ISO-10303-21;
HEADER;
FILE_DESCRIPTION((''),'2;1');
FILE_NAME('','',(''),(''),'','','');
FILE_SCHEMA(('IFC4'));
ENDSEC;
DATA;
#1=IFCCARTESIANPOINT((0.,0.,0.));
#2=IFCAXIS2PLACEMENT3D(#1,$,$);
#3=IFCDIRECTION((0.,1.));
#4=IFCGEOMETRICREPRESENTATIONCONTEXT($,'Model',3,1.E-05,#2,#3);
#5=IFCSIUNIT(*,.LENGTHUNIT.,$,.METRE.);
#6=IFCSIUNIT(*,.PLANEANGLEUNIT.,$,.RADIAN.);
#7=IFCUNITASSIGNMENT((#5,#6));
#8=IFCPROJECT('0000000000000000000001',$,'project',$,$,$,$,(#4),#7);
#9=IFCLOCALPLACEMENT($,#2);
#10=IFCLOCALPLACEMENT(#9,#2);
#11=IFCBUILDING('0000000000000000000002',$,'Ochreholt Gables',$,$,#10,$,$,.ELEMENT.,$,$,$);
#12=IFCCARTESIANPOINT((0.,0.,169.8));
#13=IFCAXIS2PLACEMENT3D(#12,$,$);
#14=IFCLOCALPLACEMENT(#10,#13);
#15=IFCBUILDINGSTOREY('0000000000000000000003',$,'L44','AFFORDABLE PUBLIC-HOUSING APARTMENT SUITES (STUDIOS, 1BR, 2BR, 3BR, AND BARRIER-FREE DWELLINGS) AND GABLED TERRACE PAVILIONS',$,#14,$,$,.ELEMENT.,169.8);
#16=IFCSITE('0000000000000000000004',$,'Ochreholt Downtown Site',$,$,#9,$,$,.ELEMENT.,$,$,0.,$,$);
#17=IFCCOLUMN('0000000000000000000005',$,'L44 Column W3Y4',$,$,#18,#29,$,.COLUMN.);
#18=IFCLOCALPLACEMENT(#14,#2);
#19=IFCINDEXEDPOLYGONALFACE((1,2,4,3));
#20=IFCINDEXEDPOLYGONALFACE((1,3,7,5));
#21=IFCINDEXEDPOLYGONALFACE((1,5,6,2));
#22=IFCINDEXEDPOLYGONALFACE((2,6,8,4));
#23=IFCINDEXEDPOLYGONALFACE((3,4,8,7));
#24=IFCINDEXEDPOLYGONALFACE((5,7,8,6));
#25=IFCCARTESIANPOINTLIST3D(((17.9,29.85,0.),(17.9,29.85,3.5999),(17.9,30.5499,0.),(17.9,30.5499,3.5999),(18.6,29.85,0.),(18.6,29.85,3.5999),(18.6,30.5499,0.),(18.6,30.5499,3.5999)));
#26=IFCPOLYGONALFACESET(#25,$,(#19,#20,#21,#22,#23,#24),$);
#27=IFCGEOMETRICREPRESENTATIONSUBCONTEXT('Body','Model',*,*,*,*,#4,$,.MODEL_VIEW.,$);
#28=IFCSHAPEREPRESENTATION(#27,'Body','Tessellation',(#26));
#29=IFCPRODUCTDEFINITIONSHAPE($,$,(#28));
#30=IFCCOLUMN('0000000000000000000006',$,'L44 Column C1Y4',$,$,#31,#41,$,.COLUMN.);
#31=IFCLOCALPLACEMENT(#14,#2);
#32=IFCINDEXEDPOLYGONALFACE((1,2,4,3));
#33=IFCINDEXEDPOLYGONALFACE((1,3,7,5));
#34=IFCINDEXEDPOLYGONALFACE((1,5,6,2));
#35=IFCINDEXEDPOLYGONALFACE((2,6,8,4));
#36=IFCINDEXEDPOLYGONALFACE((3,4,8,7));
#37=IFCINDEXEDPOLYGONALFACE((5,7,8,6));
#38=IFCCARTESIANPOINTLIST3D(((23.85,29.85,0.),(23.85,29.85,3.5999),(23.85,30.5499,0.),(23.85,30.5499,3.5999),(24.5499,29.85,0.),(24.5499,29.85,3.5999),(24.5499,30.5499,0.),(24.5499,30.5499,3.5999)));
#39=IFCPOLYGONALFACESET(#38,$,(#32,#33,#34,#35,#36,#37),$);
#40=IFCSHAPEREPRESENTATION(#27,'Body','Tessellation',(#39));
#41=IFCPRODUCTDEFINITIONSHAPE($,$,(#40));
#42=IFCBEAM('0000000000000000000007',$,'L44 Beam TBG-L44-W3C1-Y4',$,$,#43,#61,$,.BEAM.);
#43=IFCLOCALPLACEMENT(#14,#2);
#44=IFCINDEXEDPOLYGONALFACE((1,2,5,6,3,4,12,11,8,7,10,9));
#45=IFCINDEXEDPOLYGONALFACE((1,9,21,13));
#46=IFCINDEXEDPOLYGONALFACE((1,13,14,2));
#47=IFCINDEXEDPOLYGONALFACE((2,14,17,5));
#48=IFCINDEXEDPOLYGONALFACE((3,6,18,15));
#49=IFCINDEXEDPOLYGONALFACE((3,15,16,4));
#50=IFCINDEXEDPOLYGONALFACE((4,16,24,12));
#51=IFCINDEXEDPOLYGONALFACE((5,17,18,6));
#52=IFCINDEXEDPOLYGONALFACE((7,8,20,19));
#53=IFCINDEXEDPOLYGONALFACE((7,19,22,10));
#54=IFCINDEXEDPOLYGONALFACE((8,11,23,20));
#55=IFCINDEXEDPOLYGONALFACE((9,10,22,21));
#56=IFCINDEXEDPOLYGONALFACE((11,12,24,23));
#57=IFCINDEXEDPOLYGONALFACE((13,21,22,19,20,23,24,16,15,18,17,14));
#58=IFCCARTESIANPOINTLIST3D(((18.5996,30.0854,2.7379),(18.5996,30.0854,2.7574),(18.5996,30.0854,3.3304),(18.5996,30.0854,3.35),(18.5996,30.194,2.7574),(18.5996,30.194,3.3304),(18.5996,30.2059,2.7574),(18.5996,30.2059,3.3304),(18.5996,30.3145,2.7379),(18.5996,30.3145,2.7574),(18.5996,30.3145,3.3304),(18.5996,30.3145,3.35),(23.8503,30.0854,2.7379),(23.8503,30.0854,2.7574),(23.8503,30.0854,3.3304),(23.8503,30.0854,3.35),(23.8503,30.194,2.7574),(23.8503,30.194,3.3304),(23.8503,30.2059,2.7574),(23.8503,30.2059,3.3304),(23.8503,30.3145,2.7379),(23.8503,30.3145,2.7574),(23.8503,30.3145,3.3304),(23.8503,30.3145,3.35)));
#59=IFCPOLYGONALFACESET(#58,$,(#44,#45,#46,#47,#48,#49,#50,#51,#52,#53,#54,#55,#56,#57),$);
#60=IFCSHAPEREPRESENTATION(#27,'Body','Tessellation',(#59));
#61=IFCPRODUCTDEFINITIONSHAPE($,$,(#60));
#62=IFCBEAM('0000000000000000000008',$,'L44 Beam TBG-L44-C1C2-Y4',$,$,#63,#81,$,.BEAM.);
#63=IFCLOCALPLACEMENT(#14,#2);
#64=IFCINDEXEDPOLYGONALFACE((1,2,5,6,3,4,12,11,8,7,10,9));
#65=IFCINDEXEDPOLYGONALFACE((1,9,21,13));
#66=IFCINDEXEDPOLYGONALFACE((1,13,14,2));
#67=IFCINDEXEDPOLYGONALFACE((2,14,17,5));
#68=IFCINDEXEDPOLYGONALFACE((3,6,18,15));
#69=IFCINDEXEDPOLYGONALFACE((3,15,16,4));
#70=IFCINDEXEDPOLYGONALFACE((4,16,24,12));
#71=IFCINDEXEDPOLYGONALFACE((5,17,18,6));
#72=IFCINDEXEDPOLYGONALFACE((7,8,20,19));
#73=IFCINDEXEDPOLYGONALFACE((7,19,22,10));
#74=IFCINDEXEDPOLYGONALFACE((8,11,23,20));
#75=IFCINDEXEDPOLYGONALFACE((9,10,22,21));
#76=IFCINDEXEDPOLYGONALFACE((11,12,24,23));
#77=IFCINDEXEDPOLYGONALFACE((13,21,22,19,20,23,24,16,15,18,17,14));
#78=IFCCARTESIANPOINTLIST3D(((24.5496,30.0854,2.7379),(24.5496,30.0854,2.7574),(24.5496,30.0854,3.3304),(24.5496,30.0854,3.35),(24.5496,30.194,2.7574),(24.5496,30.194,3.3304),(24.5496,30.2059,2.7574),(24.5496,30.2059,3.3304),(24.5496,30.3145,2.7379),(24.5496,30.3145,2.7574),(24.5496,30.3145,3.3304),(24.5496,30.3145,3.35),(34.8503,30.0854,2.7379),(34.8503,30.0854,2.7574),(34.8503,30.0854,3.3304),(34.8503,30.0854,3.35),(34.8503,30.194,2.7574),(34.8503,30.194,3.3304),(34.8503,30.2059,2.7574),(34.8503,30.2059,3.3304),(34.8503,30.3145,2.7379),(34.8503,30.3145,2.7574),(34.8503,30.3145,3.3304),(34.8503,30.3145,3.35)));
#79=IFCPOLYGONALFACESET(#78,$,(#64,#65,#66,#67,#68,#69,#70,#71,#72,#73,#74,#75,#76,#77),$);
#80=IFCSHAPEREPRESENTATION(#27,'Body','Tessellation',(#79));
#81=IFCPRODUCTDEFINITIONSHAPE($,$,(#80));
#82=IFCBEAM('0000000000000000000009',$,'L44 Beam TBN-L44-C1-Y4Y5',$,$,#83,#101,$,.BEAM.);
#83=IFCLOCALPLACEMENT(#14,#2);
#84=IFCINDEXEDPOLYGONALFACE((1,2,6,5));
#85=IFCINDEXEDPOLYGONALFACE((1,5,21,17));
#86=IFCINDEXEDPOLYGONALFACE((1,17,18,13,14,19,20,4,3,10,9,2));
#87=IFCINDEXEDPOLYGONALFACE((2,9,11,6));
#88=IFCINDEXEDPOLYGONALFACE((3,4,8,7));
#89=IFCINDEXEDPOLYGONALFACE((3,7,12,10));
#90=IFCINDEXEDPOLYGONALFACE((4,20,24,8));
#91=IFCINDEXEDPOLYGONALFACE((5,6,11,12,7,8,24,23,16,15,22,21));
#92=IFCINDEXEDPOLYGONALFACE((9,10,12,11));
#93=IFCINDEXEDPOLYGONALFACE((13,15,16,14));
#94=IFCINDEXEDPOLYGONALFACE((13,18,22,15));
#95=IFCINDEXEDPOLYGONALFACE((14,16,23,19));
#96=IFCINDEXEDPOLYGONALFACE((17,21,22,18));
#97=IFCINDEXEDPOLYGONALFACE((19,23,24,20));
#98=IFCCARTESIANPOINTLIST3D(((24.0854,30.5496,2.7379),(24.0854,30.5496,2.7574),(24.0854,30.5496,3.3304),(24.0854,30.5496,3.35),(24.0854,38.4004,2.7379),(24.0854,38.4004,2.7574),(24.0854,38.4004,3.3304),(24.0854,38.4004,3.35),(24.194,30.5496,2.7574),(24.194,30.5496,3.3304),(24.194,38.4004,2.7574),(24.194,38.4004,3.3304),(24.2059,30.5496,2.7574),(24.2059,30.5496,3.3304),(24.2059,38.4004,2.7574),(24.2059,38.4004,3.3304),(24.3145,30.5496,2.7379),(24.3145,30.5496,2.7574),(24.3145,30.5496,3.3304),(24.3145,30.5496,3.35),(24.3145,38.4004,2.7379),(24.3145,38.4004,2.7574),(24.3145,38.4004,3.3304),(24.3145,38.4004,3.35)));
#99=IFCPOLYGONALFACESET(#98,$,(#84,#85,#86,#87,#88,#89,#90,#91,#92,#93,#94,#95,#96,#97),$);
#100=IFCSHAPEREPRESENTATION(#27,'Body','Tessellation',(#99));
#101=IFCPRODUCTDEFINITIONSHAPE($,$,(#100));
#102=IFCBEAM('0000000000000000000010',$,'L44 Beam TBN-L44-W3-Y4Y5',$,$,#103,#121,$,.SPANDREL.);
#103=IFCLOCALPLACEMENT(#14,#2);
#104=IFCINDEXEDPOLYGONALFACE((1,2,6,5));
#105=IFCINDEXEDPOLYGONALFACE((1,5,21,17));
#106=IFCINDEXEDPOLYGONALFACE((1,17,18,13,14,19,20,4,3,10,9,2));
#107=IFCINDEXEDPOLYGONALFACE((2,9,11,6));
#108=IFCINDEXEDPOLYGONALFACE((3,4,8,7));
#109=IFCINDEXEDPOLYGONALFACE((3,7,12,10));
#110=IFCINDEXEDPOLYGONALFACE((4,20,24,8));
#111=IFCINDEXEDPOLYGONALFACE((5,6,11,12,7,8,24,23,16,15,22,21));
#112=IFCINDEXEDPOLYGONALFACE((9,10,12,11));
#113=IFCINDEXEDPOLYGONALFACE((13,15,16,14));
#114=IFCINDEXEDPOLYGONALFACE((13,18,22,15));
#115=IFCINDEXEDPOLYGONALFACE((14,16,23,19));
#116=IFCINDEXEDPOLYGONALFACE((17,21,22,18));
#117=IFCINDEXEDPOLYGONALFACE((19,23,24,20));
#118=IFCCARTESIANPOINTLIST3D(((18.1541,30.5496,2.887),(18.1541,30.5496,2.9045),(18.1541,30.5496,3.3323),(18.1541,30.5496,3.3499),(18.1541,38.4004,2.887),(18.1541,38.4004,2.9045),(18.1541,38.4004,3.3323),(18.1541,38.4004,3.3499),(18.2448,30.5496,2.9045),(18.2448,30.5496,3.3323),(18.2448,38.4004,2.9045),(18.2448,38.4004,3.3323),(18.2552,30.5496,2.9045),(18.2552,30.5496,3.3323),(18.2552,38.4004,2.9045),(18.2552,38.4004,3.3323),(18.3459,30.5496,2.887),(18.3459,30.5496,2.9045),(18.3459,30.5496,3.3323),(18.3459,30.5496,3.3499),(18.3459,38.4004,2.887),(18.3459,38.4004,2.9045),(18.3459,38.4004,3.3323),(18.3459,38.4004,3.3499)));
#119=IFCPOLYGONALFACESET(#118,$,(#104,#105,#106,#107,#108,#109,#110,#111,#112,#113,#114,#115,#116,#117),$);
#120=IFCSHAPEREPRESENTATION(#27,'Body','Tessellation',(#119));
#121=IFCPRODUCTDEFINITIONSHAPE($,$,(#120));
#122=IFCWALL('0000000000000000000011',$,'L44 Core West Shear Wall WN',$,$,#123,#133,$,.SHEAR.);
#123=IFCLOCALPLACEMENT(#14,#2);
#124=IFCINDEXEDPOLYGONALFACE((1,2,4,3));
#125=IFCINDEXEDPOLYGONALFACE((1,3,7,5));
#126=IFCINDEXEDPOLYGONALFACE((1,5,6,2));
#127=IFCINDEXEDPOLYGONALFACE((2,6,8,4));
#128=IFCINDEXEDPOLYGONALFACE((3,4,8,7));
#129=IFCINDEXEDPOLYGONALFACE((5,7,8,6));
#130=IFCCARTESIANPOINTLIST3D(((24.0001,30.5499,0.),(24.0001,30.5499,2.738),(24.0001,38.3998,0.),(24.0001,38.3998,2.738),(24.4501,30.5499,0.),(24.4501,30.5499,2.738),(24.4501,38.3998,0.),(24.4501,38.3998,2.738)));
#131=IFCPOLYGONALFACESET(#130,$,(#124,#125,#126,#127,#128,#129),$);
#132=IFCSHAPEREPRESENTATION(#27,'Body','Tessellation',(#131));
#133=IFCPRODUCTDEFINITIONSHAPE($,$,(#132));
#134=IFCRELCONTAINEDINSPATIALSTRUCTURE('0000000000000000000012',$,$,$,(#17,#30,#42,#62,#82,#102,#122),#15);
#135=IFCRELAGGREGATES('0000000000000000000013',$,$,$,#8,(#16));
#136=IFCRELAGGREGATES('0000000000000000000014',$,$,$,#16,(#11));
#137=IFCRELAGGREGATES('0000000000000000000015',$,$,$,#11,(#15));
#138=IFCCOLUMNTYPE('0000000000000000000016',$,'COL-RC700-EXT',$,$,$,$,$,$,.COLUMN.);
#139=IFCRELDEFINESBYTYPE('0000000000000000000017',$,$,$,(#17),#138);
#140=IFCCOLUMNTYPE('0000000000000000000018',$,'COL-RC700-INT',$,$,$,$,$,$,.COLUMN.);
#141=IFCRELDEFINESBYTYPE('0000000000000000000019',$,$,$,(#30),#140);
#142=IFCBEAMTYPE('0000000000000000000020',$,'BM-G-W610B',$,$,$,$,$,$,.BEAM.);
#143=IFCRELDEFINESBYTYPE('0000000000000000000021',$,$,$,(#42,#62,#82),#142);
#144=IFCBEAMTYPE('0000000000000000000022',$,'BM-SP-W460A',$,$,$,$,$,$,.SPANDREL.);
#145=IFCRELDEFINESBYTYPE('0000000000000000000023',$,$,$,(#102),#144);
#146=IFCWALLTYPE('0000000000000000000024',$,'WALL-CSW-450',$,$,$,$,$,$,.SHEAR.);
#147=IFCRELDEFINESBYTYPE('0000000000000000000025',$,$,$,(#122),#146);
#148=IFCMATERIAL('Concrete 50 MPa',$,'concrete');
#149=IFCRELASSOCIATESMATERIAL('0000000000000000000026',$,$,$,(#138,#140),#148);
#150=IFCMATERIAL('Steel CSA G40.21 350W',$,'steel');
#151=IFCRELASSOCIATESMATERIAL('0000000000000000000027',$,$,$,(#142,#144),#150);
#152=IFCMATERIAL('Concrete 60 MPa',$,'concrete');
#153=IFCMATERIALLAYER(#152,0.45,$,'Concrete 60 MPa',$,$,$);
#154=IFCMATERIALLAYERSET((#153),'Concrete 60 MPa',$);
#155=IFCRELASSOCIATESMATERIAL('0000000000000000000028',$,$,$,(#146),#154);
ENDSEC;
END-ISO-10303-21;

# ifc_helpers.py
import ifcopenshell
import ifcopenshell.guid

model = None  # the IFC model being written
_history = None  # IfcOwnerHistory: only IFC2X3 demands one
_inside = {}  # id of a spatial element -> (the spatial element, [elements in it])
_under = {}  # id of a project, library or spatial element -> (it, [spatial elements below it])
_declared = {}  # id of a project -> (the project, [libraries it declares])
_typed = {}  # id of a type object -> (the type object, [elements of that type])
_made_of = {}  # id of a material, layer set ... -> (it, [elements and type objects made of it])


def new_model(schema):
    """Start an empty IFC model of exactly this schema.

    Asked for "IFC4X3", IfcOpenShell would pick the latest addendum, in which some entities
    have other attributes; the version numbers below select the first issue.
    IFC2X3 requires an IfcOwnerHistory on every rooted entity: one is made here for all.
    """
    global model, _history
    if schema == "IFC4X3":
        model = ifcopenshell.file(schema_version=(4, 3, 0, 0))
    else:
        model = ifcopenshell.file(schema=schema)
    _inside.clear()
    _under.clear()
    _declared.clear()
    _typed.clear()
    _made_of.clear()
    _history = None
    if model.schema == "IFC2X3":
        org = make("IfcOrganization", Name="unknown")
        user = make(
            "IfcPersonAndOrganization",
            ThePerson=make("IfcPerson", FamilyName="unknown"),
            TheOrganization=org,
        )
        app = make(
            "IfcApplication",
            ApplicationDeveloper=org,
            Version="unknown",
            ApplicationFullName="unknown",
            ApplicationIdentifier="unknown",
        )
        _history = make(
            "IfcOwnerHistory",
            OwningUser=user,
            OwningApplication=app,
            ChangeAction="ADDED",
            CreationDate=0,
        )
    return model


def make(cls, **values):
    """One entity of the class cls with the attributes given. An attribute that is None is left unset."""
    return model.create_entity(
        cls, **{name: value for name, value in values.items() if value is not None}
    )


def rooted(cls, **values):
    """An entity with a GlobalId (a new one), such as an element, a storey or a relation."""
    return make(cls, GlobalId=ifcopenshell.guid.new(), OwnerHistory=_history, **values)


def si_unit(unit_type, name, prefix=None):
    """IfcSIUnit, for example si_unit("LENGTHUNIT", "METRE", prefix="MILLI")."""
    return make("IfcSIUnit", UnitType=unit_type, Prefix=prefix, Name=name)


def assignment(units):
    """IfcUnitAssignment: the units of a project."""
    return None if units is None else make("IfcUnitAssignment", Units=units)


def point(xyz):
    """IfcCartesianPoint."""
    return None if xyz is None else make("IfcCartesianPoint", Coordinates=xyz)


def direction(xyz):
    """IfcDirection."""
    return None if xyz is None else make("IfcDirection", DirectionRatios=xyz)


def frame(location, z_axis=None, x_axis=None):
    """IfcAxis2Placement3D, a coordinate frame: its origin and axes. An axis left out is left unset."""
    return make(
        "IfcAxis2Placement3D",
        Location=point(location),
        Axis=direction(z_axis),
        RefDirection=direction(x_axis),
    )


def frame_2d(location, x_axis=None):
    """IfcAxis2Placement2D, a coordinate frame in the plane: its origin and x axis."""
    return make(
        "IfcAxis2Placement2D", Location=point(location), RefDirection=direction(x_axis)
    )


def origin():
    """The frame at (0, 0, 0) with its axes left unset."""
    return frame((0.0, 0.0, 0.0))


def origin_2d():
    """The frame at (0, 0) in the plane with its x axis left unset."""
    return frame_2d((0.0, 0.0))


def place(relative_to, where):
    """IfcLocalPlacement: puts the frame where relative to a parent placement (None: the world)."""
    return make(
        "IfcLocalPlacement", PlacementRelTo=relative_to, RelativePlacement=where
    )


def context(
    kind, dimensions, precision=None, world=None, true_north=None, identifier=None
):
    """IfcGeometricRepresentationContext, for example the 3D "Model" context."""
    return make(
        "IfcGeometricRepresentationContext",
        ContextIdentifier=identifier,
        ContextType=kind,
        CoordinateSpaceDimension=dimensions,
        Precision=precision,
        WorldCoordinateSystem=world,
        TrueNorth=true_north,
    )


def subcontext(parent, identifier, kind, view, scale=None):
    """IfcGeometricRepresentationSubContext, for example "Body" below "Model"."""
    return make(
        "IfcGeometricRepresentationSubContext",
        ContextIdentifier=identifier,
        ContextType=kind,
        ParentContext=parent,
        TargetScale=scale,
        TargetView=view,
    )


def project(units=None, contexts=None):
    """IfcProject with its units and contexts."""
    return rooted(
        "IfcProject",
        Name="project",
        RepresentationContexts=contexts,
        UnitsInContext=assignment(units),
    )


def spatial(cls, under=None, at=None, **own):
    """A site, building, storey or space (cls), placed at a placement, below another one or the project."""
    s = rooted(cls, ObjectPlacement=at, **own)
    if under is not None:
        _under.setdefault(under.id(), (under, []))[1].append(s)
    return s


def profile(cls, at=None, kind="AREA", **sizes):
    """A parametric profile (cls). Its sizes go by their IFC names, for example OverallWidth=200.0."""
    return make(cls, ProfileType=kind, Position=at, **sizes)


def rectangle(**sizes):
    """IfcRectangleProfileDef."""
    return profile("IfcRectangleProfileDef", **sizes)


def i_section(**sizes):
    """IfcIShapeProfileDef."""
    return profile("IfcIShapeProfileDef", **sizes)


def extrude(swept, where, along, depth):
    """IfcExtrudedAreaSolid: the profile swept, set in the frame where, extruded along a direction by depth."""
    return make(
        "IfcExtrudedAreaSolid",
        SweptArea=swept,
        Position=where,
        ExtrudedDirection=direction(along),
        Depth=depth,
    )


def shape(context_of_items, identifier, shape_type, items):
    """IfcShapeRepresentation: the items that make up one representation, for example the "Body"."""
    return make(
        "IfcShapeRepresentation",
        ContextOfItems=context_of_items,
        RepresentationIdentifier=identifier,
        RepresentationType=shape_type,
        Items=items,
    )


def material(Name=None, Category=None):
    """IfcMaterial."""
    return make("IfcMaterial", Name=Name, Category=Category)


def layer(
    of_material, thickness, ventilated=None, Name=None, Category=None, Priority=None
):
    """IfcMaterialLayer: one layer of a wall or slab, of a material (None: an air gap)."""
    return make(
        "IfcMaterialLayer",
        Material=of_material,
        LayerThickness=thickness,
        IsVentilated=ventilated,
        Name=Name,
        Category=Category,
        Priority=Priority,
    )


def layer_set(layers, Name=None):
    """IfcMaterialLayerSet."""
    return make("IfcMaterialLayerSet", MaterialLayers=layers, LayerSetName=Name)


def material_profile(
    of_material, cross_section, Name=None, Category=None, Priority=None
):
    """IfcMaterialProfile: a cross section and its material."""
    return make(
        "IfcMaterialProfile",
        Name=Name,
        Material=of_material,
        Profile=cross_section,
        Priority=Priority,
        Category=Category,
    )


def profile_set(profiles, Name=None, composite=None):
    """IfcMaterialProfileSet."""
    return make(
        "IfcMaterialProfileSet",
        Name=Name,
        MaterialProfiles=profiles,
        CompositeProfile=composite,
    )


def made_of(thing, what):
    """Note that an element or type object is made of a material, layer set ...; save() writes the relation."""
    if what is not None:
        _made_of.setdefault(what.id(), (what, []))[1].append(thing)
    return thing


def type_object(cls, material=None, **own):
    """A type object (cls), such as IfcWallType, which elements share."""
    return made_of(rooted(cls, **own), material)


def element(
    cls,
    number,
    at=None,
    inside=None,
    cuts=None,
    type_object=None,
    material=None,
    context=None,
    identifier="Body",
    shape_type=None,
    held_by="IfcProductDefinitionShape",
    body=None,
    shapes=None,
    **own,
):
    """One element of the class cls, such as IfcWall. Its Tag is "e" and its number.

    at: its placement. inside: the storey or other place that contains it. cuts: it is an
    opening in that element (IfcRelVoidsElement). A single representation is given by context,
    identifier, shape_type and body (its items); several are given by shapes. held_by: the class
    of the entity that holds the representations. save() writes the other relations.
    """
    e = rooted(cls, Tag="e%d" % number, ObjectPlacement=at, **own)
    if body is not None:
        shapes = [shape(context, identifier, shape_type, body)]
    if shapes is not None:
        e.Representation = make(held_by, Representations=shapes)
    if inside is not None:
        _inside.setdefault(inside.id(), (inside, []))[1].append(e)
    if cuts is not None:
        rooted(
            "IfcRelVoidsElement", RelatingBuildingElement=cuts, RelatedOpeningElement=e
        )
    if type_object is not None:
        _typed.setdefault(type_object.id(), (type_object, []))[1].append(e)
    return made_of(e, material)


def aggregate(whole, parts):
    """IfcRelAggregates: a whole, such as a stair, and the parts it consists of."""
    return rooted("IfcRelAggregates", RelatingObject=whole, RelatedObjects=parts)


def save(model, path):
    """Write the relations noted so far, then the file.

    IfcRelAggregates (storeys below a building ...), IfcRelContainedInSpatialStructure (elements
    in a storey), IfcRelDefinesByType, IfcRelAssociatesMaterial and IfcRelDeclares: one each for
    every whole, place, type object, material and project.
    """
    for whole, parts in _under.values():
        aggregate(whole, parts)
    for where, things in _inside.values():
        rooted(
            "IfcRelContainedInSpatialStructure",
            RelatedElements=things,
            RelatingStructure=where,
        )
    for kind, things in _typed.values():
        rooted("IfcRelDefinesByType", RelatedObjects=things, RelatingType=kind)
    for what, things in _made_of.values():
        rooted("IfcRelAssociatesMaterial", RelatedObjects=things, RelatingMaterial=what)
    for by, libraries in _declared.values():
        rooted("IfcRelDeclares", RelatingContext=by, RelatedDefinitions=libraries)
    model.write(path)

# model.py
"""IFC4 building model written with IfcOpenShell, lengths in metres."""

from ifc_helpers import new_model, si_unit, direction, frame, frame_2d, origin, origin_2d, place, context, subcontext, project, spatial, rectangle, i_section, extrude, material, layer, layer_set, material_profile, profile_set, type_object, element, save


model = new_model("IFC4")

# Units and contexts
model_context = context("Model", 3, precision=1e-05, world=origin(), true_north=direction((0.0, 1.0)))
body_context = subcontext(model_context, "Body", "Model", "MODEL_VIEW")
ifc_project = project(units=[si_unit("LENGTHUNIT", "METRE"), si_unit("PLANEANGLEUNIT", "RADIAN")], contexts=[model_context])

# Site, building, storey
site_placement = place(None, origin())
site = spatial("IfcSite", under=ifc_project, at=site_placement, Name="Ochreholt Downtown Site", CompositionType="ELEMENT", RefElevation=0.0)
building_placement = place(site_placement, origin())
building = spatial("IfcBuilding", under=site, at=building_placement, Name="Ochreholt Gables", CompositionType="ELEMENT")
storey_placement = place(building_placement, frame((0.0, 0.0, 169.8)))
storey = spatial("IfcBuildingStorey", under=building, at=storey_placement, Name="L44", Description="AFFORDABLE PUBLIC-HOUSING APARTMENT SUITES (STUDIOS, 1BR, 2BR, 3BR, AND BARRIER-FREE DWELLINGS) AND GABLED TERRACE PAVILIONS", CompositionType="ELEMENT", Elevation=169.8)

# Columns
ifc_material_1 = material(Name="Concrete 50 MPa", Category="concrete")
ifc_material_profile_1 = material_profile(ifc_material_1, rectangle(XDim=0.7, YDim=0.7, at=origin_2d()), Name="RC700X700")
ifc_profile_set_1 = profile_set([ifc_material_profile_1], Name="Concrete 50 MPa")
column_type_1 = type_object("IfcColumnType", Name="COL-RC700-EXT", PredefinedType="COLUMN", material=ifc_profile_set_1)
column_1_placement = place(storey_placement, frame((18.25, 30.2, 0.0), z_axis=(0.0, 0.0, 1.0), x_axis=(1.0, 0.0, 0.0)))
element("IfcColumn", 1, at=column_1_placement, inside=storey, type_object=column_type_1, Name="L44 Column W3Y4", PredefinedType="COLUMN", context=body_context, shape_type="SweptSolid", body=[
    extrude(rectangle(XDim=0.7, YDim=0.7, at=origin_2d()), origin(), (0.0, 0.0, 1.0), 3.5999),
])
ifc_material_profile_2 = material_profile(ifc_material_1, rectangle(XDim=0.7, YDim=0.7, at=origin_2d()), Name="RC700X700")
ifc_profile_set_2 = profile_set([ifc_material_profile_2], Name="Concrete 50 MPa")
column_type_2 = type_object("IfcColumnType", Name="COL-RC700-INT", PredefinedType="COLUMN", material=ifc_profile_set_2)
column_2_placement = place(storey_placement, frame((24.2, 30.2, 0.0), z_axis=(0.0, 0.0, 1.0), x_axis=(1.0, 0.0, 0.0)))
element("IfcColumn", 2, at=column_2_placement, inside=storey, type_object=column_type_2, Name="L44 Column C1Y4", PredefinedType="COLUMN", context=body_context, shape_type="SweptSolid", body=[
    extrude(rectangle(XDim=0.7, YDim=0.7, at=origin_2d()), origin(), (0.0, 0.0, 1.0), 3.5999),
])

# Beams
ifc_material_2 = material(Name="Steel CSA G40.21 350W", Category="steel")
ifc_material_profile_3 = material_profile(ifc_material_2, i_section(OverallWidth=0.229, OverallDepth=0.6121, WebThickness=0.012, FlangeThickness=0.0195, at=origin_2d()), Name="W610X125")
ifc_profile_set_3 = profile_set([ifc_material_profile_3], Name="Steel CSA G40.21 350W")
beam_type_1 = type_object("IfcBeamType", Name="BM-G-W610B", PredefinedType="BEAM", material=ifc_profile_set_3)
beam_1_placement = place(storey_placement, frame((18.5996, 30.2, 3.0439), z_axis=(1.0, 0.0, 0.0), x_axis=(0.0, 1.0, 0.0)))
element("IfcBeam", 3, at=beam_1_placement, inside=storey, type_object=beam_type_1, Name="L44 Beam TBG-L44-W3C1-Y4", PredefinedType="BEAM", context=body_context, shape_type="SweptSolid", body=[
    extrude(i_section(OverallWidth=0.229, OverallDepth=0.6121, WebThickness=0.012, FlangeThickness=0.0195, at=origin_2d()), origin(), (0.0, 0.0, 1.0), 5.2507),
])
beam_2_placement = place(storey_placement, frame((24.5496, 30.2, 3.0439), z_axis=(1.0, 0.0, 0.0), x_axis=(0.0, 1.0, 0.0)))
element("IfcBeam", 4, at=beam_2_placement, inside=storey, type_object=beam_type_1, Name="L44 Beam TBG-L44-C1C2-Y4", PredefinedType="BEAM", context=body_context, shape_type="SweptSolid", body=[
    extrude(i_section(OverallWidth=0.229, OverallDepth=0.6121, WebThickness=0.012, FlangeThickness=0.0195, at=origin_2d()), origin(), (0.0, 0.0, 1.0), 10.3008),
])
beam_3_placement = place(storey_placement, frame((24.2, 30.5496, 3.0439), z_axis=(0.0, 1.0, 0.0), x_axis=(-1.0, 0.0, 0.0)))
element("IfcBeam", 5, at=beam_3_placement, inside=storey, type_object=beam_type_1, Name="L44 Beam TBN-L44-C1-Y4Y5", PredefinedType="BEAM", context=body_context, shape_type="SweptSolid", body=[
    extrude(i_section(OverallWidth=0.229, OverallDepth=0.6121, WebThickness=0.012, FlangeThickness=0.0195, at=origin_2d()), origin(), (0.0, 0.0, 1.0), 7.8508),
])
ifc_material_profile_4 = material_profile(ifc_material_2, i_section(OverallWidth=0.1919, OverallDepth=0.4629, WebThickness=0.0105, FlangeThickness=0.0176, at=origin_2d()), Name="W460X89")
ifc_profile_set_4 = profile_set([ifc_material_profile_4], Name="Steel CSA G40.21 350W")
beam_type_2 = type_object("IfcBeamType", Name="BM-SP-W460A", PredefinedType="SPANDREL", material=ifc_profile_set_4)
beam_4_placement = place(storey_placement, frame((18.25, 30.5496, 3.1184), z_axis=(0.0, 1.0, 0.0), x_axis=(-1.0, 0.0, 0.0)))
element("IfcBeam", 6, at=beam_4_placement, inside=storey, type_object=beam_type_2, Name="L44 Beam TBN-L44-W3-Y4Y5", PredefinedType="SPANDREL", context=body_context, shape_type="SweptSolid", body=[
    extrude(i_section(OverallWidth=0.1919, OverallDepth=0.4629, WebThickness=0.0105, FlangeThickness=0.0176, at=origin_2d()), origin(), (0.0, 0.0, 1.0), 7.8508),
])

# Wall
ifc_material_3 = material(Name="Concrete 60 MPa", Category="concrete")
ifc_layer_1 = layer(ifc_material_3, 0.45, Name="Concrete 60 MPa")
ifc_layer_set_1 = layer_set([ifc_layer_1], Name="Concrete 60 MPa")
wall_type_1 = type_object("IfcWallType", Name="WALL-CSW-450", PredefinedType="SHEAR", material=ifc_layer_set_1)
wall_1_placement = place(storey_placement, frame((24.2251, 30.55, 0.0), z_axis=(0.0, 0.0, 1.0), x_axis=(0.0, 1.0, 0.0)))
element("IfcWall", 7, at=wall_1_placement, inside=storey, type_object=wall_type_1, Name="L44 Core West Shear Wall WN", PredefinedType="SHEAR", context=body_context, shape_type="SweptSolid", body=[
    extrude(rectangle(XDim=7.8499, YDim=0.45, at=frame_2d((3.9248, 0.0))), origin(), (0.0, 0.0, 1.0), 2.738),
])

save(model, "model.ifc")
